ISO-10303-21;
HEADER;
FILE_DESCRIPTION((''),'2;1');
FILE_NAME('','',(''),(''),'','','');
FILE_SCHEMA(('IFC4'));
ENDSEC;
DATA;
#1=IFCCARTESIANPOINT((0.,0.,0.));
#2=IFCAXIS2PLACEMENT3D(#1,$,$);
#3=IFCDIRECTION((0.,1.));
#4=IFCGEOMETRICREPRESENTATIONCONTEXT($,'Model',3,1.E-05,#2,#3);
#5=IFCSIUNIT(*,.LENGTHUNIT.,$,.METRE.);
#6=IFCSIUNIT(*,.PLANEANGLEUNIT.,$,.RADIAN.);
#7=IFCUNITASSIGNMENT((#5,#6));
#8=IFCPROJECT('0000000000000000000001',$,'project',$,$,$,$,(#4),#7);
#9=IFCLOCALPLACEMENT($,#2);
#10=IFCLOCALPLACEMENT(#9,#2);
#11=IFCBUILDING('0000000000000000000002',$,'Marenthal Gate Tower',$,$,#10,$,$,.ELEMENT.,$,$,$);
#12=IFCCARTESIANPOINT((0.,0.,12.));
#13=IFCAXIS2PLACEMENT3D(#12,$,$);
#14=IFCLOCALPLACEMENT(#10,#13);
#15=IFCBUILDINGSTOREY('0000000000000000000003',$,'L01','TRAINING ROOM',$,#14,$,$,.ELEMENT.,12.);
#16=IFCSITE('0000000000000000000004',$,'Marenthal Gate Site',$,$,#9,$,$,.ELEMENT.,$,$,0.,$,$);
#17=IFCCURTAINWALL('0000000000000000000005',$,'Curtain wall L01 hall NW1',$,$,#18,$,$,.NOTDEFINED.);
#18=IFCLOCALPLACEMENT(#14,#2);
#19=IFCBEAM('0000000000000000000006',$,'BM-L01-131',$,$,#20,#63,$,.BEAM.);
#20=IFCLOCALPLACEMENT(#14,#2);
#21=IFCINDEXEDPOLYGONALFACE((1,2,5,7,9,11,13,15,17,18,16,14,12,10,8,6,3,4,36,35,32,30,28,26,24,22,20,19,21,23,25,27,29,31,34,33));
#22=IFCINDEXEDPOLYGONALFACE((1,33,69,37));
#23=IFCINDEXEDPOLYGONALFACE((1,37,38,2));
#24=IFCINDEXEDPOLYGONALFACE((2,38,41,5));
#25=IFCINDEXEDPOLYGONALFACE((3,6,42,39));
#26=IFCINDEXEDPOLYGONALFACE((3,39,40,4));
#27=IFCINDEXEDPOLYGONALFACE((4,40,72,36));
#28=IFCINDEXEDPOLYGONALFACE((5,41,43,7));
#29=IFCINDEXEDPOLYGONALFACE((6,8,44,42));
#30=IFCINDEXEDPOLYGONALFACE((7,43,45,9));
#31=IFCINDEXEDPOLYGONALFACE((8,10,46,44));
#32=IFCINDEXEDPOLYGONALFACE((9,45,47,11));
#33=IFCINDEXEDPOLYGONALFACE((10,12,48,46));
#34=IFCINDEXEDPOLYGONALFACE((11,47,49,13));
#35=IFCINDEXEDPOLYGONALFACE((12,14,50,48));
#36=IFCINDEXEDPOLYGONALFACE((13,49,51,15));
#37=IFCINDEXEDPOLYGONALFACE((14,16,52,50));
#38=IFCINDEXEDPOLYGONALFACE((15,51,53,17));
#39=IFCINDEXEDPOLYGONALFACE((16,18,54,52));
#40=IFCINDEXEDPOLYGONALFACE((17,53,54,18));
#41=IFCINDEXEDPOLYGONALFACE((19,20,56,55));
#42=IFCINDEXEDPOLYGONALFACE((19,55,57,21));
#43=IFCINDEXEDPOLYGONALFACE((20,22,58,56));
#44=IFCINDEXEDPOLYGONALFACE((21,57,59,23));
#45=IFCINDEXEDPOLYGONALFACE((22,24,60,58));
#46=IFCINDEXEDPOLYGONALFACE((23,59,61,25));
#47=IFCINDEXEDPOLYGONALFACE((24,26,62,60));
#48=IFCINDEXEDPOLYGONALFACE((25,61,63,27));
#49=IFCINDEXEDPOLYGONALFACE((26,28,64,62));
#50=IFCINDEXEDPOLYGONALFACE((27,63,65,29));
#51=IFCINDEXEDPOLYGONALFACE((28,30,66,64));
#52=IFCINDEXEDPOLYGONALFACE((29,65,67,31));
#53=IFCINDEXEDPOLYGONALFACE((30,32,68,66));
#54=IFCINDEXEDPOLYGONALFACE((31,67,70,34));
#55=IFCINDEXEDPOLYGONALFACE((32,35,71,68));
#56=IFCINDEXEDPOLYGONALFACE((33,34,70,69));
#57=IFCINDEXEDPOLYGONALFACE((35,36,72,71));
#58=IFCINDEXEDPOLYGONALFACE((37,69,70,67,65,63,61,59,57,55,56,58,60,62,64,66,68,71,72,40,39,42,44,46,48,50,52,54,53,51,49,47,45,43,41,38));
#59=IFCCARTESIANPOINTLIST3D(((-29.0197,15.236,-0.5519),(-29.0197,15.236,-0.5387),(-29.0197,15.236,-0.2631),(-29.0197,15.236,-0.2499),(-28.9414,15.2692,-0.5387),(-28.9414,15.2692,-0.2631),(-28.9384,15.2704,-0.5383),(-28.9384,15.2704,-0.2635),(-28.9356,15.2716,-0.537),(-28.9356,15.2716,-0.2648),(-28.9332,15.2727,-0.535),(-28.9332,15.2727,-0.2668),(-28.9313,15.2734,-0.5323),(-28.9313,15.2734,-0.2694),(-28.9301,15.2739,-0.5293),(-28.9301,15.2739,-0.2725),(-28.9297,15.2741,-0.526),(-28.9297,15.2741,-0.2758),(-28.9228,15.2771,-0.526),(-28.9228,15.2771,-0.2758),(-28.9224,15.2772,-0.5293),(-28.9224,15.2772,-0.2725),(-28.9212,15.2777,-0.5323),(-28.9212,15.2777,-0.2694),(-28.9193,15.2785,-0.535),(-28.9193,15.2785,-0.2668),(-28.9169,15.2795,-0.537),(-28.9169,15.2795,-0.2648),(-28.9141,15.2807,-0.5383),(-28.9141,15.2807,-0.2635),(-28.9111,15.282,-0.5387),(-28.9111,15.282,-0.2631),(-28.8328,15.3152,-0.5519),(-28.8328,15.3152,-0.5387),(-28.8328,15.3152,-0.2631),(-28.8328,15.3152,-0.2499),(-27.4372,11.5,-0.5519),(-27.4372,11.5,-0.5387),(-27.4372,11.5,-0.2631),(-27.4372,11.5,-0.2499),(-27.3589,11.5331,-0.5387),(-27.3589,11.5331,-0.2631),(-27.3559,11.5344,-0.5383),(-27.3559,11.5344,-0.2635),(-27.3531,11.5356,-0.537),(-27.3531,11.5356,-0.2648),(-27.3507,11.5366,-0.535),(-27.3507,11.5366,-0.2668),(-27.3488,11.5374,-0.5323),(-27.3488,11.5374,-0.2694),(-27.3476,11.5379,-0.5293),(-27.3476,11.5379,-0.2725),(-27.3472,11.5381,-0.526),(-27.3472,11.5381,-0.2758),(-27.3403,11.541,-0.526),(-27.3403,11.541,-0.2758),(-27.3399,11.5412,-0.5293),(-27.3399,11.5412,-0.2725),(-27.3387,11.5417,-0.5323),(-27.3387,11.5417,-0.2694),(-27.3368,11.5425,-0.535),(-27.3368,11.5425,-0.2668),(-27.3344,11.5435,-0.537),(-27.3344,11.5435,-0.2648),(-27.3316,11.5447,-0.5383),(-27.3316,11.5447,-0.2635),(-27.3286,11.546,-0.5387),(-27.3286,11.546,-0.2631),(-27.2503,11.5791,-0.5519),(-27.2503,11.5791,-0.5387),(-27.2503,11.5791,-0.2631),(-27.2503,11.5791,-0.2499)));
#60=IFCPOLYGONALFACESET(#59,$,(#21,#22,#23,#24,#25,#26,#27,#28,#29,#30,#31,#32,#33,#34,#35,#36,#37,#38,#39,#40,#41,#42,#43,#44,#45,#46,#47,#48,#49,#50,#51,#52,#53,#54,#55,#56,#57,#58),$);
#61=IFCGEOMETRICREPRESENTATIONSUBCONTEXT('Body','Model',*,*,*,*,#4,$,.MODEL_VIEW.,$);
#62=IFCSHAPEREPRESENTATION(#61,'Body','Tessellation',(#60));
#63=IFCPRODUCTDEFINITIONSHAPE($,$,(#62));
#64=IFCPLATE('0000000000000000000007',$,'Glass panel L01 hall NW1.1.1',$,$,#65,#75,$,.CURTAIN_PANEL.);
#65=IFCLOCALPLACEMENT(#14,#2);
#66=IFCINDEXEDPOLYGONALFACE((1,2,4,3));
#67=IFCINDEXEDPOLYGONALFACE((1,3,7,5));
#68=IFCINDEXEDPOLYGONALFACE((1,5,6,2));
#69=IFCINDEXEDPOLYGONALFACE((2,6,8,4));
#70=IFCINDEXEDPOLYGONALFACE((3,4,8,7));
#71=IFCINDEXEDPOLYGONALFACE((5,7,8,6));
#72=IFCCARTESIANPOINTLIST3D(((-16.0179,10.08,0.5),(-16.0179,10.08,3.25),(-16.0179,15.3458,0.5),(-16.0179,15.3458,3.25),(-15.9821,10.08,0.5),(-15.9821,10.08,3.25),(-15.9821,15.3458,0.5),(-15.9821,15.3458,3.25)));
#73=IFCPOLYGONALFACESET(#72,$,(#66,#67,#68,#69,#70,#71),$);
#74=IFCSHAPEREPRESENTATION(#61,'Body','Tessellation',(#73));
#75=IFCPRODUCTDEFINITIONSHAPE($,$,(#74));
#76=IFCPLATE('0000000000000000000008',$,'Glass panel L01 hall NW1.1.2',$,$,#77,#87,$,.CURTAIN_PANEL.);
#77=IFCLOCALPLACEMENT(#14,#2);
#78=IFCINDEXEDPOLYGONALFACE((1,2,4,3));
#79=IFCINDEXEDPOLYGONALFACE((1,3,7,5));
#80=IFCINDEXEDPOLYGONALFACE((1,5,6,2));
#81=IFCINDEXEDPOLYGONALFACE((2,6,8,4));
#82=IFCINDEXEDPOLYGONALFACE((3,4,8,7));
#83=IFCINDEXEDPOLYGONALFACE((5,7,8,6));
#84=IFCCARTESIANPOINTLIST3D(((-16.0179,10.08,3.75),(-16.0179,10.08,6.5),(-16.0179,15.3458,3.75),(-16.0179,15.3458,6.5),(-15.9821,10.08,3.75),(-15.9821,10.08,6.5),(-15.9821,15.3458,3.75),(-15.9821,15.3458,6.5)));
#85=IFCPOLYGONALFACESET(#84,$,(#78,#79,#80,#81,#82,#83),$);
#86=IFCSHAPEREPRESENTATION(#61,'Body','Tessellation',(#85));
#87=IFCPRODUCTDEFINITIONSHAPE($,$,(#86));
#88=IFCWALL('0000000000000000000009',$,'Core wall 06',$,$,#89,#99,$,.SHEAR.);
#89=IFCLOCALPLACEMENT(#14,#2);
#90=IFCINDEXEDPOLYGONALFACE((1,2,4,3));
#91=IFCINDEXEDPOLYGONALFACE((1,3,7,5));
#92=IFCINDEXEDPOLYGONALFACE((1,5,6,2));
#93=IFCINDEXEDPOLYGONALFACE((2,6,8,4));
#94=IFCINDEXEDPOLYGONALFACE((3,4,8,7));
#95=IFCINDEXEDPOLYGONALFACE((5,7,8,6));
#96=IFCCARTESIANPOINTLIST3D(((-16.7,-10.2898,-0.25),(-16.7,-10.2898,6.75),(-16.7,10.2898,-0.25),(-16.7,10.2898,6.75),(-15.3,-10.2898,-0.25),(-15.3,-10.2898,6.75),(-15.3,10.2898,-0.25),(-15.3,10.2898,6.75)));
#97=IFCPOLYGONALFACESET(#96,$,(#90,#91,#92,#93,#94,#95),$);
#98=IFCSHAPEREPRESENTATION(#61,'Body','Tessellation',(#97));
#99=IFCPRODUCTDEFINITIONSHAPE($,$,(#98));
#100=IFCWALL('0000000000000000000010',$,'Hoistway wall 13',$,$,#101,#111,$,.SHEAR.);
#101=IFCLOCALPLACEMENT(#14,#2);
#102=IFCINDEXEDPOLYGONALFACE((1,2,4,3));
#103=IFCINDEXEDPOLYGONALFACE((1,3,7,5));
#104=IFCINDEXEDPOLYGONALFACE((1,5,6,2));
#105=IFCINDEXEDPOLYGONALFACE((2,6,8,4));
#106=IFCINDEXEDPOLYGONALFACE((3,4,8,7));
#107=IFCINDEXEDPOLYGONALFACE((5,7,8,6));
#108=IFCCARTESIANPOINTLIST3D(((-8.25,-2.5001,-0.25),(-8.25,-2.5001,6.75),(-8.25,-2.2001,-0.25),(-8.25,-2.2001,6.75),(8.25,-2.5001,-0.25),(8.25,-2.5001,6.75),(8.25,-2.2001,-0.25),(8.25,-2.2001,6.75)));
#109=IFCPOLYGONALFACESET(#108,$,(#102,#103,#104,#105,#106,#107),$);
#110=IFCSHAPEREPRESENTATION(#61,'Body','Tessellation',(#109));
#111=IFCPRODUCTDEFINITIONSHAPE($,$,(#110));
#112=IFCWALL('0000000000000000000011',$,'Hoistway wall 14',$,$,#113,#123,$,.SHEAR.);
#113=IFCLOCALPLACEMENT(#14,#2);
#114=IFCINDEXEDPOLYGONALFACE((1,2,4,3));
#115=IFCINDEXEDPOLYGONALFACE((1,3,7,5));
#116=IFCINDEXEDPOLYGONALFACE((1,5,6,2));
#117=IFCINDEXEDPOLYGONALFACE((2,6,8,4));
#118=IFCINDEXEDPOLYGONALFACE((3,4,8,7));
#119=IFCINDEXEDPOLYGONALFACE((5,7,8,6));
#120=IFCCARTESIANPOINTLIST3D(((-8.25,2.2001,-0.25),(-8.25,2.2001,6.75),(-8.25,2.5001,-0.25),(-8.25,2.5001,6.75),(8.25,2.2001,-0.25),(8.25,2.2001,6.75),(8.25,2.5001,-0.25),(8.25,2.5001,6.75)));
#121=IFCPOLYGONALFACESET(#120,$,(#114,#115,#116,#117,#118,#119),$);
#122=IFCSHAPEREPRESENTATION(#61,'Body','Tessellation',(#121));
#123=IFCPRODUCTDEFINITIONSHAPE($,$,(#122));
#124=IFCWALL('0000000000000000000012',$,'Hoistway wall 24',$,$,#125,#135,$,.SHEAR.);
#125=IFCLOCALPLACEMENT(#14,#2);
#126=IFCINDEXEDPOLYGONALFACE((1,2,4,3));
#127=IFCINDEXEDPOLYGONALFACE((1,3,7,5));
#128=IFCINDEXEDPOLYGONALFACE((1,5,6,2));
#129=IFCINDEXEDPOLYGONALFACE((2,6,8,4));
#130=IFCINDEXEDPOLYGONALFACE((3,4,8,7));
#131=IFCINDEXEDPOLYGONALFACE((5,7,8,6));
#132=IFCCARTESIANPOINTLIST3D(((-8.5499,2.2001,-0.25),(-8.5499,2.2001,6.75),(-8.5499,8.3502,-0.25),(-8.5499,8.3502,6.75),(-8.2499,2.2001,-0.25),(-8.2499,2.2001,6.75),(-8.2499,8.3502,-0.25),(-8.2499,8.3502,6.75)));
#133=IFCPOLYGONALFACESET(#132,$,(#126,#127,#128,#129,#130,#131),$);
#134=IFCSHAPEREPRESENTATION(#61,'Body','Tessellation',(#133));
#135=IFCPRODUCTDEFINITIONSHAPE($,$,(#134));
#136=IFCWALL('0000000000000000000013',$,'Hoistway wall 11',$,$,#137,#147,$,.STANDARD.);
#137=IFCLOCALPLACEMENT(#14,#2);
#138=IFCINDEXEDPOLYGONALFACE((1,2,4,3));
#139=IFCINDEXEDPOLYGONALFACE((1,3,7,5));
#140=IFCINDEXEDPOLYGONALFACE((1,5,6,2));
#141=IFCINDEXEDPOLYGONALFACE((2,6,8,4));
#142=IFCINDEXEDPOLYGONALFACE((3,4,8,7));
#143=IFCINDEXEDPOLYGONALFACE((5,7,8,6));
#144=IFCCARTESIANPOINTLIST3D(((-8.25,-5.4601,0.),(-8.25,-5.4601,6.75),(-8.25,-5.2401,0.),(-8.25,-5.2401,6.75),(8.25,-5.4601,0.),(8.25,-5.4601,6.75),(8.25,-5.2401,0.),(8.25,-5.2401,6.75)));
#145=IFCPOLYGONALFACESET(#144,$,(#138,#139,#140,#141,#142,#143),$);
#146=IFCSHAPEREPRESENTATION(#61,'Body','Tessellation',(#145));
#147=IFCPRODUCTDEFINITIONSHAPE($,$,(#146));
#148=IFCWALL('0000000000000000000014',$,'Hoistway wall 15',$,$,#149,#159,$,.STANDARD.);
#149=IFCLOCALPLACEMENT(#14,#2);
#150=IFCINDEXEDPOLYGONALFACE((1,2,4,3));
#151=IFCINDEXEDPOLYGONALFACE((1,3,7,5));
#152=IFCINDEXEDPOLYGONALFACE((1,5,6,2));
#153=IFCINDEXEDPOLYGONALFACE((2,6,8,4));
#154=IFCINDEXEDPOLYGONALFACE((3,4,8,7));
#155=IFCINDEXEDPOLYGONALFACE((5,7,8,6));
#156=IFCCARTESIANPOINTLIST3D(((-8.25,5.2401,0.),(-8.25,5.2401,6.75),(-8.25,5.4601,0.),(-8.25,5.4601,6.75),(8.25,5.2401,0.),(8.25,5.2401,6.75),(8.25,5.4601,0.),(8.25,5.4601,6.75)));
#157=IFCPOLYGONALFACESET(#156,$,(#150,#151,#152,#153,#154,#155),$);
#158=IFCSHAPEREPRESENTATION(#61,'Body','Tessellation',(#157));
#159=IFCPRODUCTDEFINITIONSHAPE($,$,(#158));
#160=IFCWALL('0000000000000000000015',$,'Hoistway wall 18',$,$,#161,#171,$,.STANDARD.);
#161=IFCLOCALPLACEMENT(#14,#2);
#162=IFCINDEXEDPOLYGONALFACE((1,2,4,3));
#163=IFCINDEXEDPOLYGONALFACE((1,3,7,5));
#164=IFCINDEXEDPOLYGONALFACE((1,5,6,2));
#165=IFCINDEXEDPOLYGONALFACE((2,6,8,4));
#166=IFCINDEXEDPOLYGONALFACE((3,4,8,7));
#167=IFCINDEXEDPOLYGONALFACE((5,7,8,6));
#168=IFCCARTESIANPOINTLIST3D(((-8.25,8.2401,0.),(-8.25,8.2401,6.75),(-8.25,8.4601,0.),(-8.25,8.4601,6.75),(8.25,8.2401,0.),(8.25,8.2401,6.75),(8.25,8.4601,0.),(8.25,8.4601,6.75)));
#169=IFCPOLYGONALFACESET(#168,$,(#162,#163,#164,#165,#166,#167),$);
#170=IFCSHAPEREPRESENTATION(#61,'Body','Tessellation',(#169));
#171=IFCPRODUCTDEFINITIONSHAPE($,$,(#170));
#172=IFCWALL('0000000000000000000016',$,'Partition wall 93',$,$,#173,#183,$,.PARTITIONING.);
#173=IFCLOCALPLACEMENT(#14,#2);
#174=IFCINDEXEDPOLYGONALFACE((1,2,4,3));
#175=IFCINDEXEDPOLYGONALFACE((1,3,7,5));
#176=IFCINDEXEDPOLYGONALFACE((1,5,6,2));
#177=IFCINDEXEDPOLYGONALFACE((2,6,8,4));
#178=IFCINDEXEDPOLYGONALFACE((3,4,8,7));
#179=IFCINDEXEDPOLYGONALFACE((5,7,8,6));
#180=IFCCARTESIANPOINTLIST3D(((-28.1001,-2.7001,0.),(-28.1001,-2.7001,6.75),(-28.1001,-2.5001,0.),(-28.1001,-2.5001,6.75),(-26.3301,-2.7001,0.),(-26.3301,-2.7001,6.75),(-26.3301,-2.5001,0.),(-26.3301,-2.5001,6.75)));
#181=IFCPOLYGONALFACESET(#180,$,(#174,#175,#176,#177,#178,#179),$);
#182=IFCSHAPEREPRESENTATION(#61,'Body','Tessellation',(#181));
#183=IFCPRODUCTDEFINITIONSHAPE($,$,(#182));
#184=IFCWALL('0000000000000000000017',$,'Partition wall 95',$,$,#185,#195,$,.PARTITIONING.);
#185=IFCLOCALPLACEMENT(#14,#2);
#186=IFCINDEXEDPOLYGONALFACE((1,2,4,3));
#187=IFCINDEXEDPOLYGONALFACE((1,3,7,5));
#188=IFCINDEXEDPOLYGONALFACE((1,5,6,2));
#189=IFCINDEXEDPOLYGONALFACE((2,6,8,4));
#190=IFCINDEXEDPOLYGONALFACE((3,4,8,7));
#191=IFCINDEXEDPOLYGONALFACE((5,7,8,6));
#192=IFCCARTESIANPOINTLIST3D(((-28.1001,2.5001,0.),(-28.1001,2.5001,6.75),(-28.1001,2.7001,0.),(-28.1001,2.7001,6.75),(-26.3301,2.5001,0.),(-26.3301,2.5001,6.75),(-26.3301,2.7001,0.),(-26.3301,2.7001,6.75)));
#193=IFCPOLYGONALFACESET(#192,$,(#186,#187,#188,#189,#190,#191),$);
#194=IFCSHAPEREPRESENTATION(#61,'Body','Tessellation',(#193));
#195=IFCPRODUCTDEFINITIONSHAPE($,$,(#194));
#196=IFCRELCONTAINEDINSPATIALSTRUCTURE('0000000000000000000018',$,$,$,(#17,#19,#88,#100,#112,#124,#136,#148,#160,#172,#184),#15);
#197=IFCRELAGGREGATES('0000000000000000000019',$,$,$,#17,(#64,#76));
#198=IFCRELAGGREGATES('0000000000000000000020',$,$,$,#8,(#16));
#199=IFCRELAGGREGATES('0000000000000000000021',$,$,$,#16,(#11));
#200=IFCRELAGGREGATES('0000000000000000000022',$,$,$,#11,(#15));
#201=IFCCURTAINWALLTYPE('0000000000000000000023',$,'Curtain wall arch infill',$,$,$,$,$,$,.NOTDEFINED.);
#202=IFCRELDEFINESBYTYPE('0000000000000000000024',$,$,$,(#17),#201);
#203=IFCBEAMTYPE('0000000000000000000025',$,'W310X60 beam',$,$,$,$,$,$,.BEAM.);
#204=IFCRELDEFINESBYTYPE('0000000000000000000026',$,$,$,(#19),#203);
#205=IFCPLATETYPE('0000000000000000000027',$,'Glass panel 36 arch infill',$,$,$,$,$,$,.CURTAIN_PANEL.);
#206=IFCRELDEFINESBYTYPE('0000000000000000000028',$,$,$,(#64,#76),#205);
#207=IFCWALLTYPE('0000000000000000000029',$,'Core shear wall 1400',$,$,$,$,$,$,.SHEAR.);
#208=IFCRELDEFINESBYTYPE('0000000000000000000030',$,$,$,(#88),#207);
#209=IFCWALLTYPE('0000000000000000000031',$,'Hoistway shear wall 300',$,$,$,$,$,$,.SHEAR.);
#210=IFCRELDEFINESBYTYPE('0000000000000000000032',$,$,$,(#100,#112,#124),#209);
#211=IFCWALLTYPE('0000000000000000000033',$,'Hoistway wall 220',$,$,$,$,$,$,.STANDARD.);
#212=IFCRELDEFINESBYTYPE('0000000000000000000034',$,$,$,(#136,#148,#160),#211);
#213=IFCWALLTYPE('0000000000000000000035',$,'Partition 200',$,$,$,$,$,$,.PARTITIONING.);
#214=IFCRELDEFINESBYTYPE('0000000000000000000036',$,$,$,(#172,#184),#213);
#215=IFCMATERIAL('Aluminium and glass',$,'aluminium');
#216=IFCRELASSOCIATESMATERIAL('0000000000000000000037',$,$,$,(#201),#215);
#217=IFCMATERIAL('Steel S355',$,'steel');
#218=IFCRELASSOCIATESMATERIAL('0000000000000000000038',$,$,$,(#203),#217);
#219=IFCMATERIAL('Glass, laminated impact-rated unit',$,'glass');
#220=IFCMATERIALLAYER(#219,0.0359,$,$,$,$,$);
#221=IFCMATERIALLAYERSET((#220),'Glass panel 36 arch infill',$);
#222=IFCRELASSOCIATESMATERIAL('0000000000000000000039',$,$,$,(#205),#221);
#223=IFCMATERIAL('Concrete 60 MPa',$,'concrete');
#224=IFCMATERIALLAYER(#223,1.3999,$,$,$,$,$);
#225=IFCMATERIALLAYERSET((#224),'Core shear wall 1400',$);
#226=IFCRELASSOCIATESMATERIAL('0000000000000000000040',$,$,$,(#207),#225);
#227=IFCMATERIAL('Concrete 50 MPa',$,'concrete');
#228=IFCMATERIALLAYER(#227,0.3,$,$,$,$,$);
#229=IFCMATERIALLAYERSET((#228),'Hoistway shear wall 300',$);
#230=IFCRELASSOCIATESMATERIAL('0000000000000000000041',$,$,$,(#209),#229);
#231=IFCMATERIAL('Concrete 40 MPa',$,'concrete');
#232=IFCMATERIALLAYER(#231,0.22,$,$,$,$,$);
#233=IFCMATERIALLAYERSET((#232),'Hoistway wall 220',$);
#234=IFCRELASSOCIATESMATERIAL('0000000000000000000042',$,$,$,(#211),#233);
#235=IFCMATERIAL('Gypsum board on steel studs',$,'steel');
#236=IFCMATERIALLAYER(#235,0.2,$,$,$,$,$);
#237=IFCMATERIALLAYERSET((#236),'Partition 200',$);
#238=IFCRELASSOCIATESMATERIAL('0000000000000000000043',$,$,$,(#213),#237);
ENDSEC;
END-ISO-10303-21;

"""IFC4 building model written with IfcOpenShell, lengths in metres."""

from ifc_helpers import new_model, si_unit, direction, frame, frame_2d, origin, origin_2d, place, context, subcontext, project, spatial, rectangle, i_section, extrude, material, layer, layer_set, material_profile, profile_set, type_object, element, aggregate, save


model = new_model("IFC4")

# Units and contexts
model_context = context("Model", 3, precision=1e-05, world=origin(), true_north=direction((0.0, 1.0)))
body_context = subcontext(model_context, "Body", "Model", "MODEL_VIEW")
ifc_project = project(units=[si_unit("LENGTHUNIT", "METRE"), si_unit("PLANEANGLEUNIT", "RADIAN")], contexts=[model_context])

# Site, building, storey
site_placement = place(None, origin())
site = spatial("IfcSite", under=ifc_project, at=site_placement, Name="Marenthal Gate Site", CompositionType="ELEMENT", RefElevation=0.0)
building_placement = place(site_placement, origin())
building = spatial("IfcBuilding", under=site, at=building_placement, Name="Marenthal Gate Tower", CompositionType="ELEMENT")
storey_placement = place(building_placement, frame((0.0, 0.0, 12.0)))
storey = spatial("IfcBuildingStorey", under=building, at=storey_placement, Name="L01", Description="TRAINING ROOM", CompositionType="ELEMENT", Elevation=12.0)

# Curtain wall
ifc_material_1 = material(Name="Aluminium and glass", Category="aluminium")
curtain_wall_type = type_object("IfcCurtainWallType", Name="Curtain wall arch infill", PredefinedType="NOTDEFINED", material=ifc_material_1)
curtain_wall_placement = place(storey_placement, origin())
curtain_wall = element("IfcCurtainWall", 1, at=curtain_wall_placement, inside=storey, type_object=curtain_wall_type, Name="Curtain wall L01 hall NW1", PredefinedType="NOTDEFINED")

# Beam
ifc_material_2 = material(Name="Steel S355", Category="steel")
ifc_material_profile_1 = material_profile(ifc_material_2, i_section(OverallWidth=0.2029, OverallDepth=0.302, WebThickness=0.0076, FlangeThickness=0.0132, FilletRadius=0.0127, at=origin_2d()), Name="W310X60")
ifc_profile_set_1 = profile_set([ifc_material_profile_1], Name="Steel S355")
beam_type_1 = type_object("IfcBeamType", Name="W310X60 beam", PredefinedType="BEAM", material=ifc_profile_set_1)
beam_1_placement = place(storey_placement, frame((-27.3438, 11.5396, -0.4009), z_axis=(-0.390031, 0.920802, 0.0), x_axis=(-0.920802, -0.390031, 0.0)))
element("IfcBeam", 2, at=beam_1_placement, inside=storey, type_object=beam_type_1, Name="BM-L01-131", PredefinedType="BEAM", context=body_context, shape_type="SweptSolid", body=[
    extrude(i_section(OverallWidth=0.2029, OverallDepth=0.302, WebThickness=0.0076, FlangeThickness=0.0132, FilletRadius=0.0127, at=origin_2d()), origin(), (0.0, 0.0, 1.0), 4.0574),
])

# Plates
ifc_material_3 = material(Name="Glass, laminated impact-rated unit", Category="glass")
ifc_layer_1 = layer(ifc_material_3, 0.0359)
ifc_layer_set_1 = layer_set([ifc_layer_1], Name="Glass panel 36 arch infill")
plate_type = type_object("IfcPlateType", Name="Glass panel 36 arch infill", PredefinedType="CURTAIN_PANEL", material=ifc_layer_set_1)
plate_1_placement = place(storey_placement, frame((-16.0, 12.7129, 0.5), z_axis=(0.0, 0.0, 1.0), x_axis=(0.0, 1.0, 0.0)))
plate_1 = element("IfcPlate", 3, at=plate_1_placement, type_object=plate_type, Name="Glass panel L01 hall NW1.1.1", PredefinedType="CURTAIN_PANEL", context=body_context, shape_type="SweptSolid", body=[
    extrude(rectangle(XDim=5.2659, YDim=0.0359, at=origin_2d()), origin(), (0.0, 0.0, 1.0), 2.75),
])
plate_2_placement = place(storey_placement, frame((-16.0, 12.7129, 3.75), z_axis=(0.0, 0.0, 1.0), x_axis=(0.0, 1.0, 0.0)))
plate_2 = element("IfcPlate", 4, at=plate_2_placement, type_object=plate_type, Name="Glass panel L01 hall NW1.1.2", PredefinedType="CURTAIN_PANEL", context=body_context, shape_type="SweptSolid", body=[
    extrude(rectangle(XDim=5.2659, YDim=0.0359, at=origin_2d()), origin(), (0.0, 0.0, 1.0), 2.75),
])
aggregate(curtain_wall, [plate_1, plate_2])

# Walls
ifc_material_4 = material(Name="Concrete 60 MPa", Category="concrete")
ifc_layer_2 = layer(ifc_material_4, 1.3999)
ifc_layer_set_2 = layer_set([ifc_layer_2], Name="Core shear wall 1400")
wall_type_1 = type_object("IfcWallType", Name="Core shear wall 1400", PredefinedType="SHEAR", material=ifc_layer_set_2)
wall_1_placement = place(storey_placement, frame((-16.0, 10.2898, -0.25), z_axis=(0.0, 0.0, 1.0), x_axis=(0.0, -1.0, 0.0)))
element("IfcWall", 5, at=wall_1_placement, inside=storey, type_object=wall_type_1, Name="Core wall 06", PredefinedType="SHEAR", context=body_context, shape_type="SweptSolid", body=[
    extrude(rectangle(XDim=20.5796, YDim=1.3999, at=frame_2d((10.2898, 0.0))), origin(), (0.0, 0.0, 1.0), 7.0),
])
ifc_material_5 = material(Name="Concrete 50 MPa", Category="concrete")
ifc_layer_3 = layer(ifc_material_5, 0.3)
ifc_layer_set_3 = layer_set([ifc_layer_3], Name="Hoistway shear wall 300")
wall_type_2 = type_object("IfcWallType", Name="Hoistway shear wall 300", PredefinedType="SHEAR", material=ifc_layer_set_3)
for number, where, z_axis, x_axis, name in (
    (6, (-8.25, -2.3501, -0.25), (0.0, 0.0, 1.0), (1.0, 0.0, 0.0), "Hoistway wall 13"),
    (7, (-8.25, 2.3501, -0.25), (0.0, 0.0, 1.0), (1.0, 0.0, 0.0), "Hoistway wall 14"),
):
    element("IfcWall", number, at=place(storey_placement, frame(where, z_axis=z_axis, x_axis=x_axis)), inside=storey, type_object=wall_type_2, Name=name, PredefinedType="SHEAR", context=body_context, shape_type="SweptSolid", body=[
        extrude(rectangle(XDim=16.5, YDim=0.3, at=frame_2d((8.25, 0.0))), origin(), (0.0, 0.0, 1.0), 7.0),
    ])
wall_2_placement = place(storey_placement, frame((-8.3999, 2.2, -0.25), z_axis=(0.0, 0.0, 1.0), x_axis=(0.0, 1.0, 0.0)))
element("IfcWall", 8, at=wall_2_placement, inside=storey, type_object=wall_type_2, Name="Hoistway wall 24", PredefinedType="SHEAR", context=body_context, shape_type="SweptSolid", body=[
    extrude(rectangle(XDim=6.1501, YDim=0.3, at=frame_2d((3.0752, 0.0))), origin(), (0.0, 0.0, 1.0), 7.0),
])
ifc_material_6 = material(Name="Concrete 40 MPa", Category="concrete")
ifc_layer_4 = layer(ifc_material_6, 0.22)
ifc_layer_set_4 = layer_set([ifc_layer_4], Name="Hoistway wall 220")
wall_type_3 = type_object("IfcWallType", Name="Hoistway wall 220", PredefinedType="STANDARD", material=ifc_layer_set_4)
for number, where, z_axis, x_axis, name in (
    (9, (-8.25, -5.3501, 0.0), (0.0, 0.0, 1.0), (1.0, 0.0, 0.0), "Hoistway wall 11"),
    (10, (-8.25, 5.3501, 0.0), (0.0, 0.0, 1.0), (1.0, 0.0, 0.0), "Hoistway wall 15"),
    (11, (-8.25, 8.3501, 0.0), (0.0, 0.0, 1.0), (1.0, 0.0, 0.0), "Hoistway wall 18"),
):
    element("IfcWall", number, at=place(storey_placement, frame(where, z_axis=z_axis, x_axis=x_axis)), inside=storey, type_object=wall_type_3, Name=name, PredefinedType="STANDARD", context=body_context, shape_type="SweptSolid", body=[
        extrude(rectangle(XDim=16.5, YDim=0.22, at=frame_2d((8.25, 0.0))), origin(), (0.0, 0.0, 1.0), 6.75),
    ])
ifc_material_7 = material(Name="Gypsum board on steel studs", Category="steel")
ifc_layer_5 = layer(ifc_material_7, 0.2)
ifc_layer_set_5 = layer_set([ifc_layer_5], Name="Partition 200")
wall_type_4 = type_object("IfcWallType", Name="Partition 200", PredefinedType="PARTITIONING", material=ifc_layer_set_5)
for number, where, z_axis, x_axis, name in (
    (12, (-28.1001, -2.6001, 0.0), (0.0, 0.0, 1.0), (1.0, 0.0, 0.0), "Partition wall 93"),
    (13, (-28.1001, 2.6001, 0.0), (0.0, 0.0, 1.0), (1.0, 0.0, 0.0), "Partition wall 95"),
):
    element("IfcWall", number, at=place(storey_placement, frame(where, z_axis=z_axis, x_axis=x_axis)), inside=storey, type_object=wall_type_4, Name=name, PredefinedType="PARTITIONING", context=body_context, shape_type="SweptSolid", body=[
        extrude(rectangle(XDim=1.77, YDim=0.2, at=frame_2d((0.885, 0.0))), origin(), (0.0, 0.0, 1.0), 6.75),
    ])

save(model, "model.ifc")
